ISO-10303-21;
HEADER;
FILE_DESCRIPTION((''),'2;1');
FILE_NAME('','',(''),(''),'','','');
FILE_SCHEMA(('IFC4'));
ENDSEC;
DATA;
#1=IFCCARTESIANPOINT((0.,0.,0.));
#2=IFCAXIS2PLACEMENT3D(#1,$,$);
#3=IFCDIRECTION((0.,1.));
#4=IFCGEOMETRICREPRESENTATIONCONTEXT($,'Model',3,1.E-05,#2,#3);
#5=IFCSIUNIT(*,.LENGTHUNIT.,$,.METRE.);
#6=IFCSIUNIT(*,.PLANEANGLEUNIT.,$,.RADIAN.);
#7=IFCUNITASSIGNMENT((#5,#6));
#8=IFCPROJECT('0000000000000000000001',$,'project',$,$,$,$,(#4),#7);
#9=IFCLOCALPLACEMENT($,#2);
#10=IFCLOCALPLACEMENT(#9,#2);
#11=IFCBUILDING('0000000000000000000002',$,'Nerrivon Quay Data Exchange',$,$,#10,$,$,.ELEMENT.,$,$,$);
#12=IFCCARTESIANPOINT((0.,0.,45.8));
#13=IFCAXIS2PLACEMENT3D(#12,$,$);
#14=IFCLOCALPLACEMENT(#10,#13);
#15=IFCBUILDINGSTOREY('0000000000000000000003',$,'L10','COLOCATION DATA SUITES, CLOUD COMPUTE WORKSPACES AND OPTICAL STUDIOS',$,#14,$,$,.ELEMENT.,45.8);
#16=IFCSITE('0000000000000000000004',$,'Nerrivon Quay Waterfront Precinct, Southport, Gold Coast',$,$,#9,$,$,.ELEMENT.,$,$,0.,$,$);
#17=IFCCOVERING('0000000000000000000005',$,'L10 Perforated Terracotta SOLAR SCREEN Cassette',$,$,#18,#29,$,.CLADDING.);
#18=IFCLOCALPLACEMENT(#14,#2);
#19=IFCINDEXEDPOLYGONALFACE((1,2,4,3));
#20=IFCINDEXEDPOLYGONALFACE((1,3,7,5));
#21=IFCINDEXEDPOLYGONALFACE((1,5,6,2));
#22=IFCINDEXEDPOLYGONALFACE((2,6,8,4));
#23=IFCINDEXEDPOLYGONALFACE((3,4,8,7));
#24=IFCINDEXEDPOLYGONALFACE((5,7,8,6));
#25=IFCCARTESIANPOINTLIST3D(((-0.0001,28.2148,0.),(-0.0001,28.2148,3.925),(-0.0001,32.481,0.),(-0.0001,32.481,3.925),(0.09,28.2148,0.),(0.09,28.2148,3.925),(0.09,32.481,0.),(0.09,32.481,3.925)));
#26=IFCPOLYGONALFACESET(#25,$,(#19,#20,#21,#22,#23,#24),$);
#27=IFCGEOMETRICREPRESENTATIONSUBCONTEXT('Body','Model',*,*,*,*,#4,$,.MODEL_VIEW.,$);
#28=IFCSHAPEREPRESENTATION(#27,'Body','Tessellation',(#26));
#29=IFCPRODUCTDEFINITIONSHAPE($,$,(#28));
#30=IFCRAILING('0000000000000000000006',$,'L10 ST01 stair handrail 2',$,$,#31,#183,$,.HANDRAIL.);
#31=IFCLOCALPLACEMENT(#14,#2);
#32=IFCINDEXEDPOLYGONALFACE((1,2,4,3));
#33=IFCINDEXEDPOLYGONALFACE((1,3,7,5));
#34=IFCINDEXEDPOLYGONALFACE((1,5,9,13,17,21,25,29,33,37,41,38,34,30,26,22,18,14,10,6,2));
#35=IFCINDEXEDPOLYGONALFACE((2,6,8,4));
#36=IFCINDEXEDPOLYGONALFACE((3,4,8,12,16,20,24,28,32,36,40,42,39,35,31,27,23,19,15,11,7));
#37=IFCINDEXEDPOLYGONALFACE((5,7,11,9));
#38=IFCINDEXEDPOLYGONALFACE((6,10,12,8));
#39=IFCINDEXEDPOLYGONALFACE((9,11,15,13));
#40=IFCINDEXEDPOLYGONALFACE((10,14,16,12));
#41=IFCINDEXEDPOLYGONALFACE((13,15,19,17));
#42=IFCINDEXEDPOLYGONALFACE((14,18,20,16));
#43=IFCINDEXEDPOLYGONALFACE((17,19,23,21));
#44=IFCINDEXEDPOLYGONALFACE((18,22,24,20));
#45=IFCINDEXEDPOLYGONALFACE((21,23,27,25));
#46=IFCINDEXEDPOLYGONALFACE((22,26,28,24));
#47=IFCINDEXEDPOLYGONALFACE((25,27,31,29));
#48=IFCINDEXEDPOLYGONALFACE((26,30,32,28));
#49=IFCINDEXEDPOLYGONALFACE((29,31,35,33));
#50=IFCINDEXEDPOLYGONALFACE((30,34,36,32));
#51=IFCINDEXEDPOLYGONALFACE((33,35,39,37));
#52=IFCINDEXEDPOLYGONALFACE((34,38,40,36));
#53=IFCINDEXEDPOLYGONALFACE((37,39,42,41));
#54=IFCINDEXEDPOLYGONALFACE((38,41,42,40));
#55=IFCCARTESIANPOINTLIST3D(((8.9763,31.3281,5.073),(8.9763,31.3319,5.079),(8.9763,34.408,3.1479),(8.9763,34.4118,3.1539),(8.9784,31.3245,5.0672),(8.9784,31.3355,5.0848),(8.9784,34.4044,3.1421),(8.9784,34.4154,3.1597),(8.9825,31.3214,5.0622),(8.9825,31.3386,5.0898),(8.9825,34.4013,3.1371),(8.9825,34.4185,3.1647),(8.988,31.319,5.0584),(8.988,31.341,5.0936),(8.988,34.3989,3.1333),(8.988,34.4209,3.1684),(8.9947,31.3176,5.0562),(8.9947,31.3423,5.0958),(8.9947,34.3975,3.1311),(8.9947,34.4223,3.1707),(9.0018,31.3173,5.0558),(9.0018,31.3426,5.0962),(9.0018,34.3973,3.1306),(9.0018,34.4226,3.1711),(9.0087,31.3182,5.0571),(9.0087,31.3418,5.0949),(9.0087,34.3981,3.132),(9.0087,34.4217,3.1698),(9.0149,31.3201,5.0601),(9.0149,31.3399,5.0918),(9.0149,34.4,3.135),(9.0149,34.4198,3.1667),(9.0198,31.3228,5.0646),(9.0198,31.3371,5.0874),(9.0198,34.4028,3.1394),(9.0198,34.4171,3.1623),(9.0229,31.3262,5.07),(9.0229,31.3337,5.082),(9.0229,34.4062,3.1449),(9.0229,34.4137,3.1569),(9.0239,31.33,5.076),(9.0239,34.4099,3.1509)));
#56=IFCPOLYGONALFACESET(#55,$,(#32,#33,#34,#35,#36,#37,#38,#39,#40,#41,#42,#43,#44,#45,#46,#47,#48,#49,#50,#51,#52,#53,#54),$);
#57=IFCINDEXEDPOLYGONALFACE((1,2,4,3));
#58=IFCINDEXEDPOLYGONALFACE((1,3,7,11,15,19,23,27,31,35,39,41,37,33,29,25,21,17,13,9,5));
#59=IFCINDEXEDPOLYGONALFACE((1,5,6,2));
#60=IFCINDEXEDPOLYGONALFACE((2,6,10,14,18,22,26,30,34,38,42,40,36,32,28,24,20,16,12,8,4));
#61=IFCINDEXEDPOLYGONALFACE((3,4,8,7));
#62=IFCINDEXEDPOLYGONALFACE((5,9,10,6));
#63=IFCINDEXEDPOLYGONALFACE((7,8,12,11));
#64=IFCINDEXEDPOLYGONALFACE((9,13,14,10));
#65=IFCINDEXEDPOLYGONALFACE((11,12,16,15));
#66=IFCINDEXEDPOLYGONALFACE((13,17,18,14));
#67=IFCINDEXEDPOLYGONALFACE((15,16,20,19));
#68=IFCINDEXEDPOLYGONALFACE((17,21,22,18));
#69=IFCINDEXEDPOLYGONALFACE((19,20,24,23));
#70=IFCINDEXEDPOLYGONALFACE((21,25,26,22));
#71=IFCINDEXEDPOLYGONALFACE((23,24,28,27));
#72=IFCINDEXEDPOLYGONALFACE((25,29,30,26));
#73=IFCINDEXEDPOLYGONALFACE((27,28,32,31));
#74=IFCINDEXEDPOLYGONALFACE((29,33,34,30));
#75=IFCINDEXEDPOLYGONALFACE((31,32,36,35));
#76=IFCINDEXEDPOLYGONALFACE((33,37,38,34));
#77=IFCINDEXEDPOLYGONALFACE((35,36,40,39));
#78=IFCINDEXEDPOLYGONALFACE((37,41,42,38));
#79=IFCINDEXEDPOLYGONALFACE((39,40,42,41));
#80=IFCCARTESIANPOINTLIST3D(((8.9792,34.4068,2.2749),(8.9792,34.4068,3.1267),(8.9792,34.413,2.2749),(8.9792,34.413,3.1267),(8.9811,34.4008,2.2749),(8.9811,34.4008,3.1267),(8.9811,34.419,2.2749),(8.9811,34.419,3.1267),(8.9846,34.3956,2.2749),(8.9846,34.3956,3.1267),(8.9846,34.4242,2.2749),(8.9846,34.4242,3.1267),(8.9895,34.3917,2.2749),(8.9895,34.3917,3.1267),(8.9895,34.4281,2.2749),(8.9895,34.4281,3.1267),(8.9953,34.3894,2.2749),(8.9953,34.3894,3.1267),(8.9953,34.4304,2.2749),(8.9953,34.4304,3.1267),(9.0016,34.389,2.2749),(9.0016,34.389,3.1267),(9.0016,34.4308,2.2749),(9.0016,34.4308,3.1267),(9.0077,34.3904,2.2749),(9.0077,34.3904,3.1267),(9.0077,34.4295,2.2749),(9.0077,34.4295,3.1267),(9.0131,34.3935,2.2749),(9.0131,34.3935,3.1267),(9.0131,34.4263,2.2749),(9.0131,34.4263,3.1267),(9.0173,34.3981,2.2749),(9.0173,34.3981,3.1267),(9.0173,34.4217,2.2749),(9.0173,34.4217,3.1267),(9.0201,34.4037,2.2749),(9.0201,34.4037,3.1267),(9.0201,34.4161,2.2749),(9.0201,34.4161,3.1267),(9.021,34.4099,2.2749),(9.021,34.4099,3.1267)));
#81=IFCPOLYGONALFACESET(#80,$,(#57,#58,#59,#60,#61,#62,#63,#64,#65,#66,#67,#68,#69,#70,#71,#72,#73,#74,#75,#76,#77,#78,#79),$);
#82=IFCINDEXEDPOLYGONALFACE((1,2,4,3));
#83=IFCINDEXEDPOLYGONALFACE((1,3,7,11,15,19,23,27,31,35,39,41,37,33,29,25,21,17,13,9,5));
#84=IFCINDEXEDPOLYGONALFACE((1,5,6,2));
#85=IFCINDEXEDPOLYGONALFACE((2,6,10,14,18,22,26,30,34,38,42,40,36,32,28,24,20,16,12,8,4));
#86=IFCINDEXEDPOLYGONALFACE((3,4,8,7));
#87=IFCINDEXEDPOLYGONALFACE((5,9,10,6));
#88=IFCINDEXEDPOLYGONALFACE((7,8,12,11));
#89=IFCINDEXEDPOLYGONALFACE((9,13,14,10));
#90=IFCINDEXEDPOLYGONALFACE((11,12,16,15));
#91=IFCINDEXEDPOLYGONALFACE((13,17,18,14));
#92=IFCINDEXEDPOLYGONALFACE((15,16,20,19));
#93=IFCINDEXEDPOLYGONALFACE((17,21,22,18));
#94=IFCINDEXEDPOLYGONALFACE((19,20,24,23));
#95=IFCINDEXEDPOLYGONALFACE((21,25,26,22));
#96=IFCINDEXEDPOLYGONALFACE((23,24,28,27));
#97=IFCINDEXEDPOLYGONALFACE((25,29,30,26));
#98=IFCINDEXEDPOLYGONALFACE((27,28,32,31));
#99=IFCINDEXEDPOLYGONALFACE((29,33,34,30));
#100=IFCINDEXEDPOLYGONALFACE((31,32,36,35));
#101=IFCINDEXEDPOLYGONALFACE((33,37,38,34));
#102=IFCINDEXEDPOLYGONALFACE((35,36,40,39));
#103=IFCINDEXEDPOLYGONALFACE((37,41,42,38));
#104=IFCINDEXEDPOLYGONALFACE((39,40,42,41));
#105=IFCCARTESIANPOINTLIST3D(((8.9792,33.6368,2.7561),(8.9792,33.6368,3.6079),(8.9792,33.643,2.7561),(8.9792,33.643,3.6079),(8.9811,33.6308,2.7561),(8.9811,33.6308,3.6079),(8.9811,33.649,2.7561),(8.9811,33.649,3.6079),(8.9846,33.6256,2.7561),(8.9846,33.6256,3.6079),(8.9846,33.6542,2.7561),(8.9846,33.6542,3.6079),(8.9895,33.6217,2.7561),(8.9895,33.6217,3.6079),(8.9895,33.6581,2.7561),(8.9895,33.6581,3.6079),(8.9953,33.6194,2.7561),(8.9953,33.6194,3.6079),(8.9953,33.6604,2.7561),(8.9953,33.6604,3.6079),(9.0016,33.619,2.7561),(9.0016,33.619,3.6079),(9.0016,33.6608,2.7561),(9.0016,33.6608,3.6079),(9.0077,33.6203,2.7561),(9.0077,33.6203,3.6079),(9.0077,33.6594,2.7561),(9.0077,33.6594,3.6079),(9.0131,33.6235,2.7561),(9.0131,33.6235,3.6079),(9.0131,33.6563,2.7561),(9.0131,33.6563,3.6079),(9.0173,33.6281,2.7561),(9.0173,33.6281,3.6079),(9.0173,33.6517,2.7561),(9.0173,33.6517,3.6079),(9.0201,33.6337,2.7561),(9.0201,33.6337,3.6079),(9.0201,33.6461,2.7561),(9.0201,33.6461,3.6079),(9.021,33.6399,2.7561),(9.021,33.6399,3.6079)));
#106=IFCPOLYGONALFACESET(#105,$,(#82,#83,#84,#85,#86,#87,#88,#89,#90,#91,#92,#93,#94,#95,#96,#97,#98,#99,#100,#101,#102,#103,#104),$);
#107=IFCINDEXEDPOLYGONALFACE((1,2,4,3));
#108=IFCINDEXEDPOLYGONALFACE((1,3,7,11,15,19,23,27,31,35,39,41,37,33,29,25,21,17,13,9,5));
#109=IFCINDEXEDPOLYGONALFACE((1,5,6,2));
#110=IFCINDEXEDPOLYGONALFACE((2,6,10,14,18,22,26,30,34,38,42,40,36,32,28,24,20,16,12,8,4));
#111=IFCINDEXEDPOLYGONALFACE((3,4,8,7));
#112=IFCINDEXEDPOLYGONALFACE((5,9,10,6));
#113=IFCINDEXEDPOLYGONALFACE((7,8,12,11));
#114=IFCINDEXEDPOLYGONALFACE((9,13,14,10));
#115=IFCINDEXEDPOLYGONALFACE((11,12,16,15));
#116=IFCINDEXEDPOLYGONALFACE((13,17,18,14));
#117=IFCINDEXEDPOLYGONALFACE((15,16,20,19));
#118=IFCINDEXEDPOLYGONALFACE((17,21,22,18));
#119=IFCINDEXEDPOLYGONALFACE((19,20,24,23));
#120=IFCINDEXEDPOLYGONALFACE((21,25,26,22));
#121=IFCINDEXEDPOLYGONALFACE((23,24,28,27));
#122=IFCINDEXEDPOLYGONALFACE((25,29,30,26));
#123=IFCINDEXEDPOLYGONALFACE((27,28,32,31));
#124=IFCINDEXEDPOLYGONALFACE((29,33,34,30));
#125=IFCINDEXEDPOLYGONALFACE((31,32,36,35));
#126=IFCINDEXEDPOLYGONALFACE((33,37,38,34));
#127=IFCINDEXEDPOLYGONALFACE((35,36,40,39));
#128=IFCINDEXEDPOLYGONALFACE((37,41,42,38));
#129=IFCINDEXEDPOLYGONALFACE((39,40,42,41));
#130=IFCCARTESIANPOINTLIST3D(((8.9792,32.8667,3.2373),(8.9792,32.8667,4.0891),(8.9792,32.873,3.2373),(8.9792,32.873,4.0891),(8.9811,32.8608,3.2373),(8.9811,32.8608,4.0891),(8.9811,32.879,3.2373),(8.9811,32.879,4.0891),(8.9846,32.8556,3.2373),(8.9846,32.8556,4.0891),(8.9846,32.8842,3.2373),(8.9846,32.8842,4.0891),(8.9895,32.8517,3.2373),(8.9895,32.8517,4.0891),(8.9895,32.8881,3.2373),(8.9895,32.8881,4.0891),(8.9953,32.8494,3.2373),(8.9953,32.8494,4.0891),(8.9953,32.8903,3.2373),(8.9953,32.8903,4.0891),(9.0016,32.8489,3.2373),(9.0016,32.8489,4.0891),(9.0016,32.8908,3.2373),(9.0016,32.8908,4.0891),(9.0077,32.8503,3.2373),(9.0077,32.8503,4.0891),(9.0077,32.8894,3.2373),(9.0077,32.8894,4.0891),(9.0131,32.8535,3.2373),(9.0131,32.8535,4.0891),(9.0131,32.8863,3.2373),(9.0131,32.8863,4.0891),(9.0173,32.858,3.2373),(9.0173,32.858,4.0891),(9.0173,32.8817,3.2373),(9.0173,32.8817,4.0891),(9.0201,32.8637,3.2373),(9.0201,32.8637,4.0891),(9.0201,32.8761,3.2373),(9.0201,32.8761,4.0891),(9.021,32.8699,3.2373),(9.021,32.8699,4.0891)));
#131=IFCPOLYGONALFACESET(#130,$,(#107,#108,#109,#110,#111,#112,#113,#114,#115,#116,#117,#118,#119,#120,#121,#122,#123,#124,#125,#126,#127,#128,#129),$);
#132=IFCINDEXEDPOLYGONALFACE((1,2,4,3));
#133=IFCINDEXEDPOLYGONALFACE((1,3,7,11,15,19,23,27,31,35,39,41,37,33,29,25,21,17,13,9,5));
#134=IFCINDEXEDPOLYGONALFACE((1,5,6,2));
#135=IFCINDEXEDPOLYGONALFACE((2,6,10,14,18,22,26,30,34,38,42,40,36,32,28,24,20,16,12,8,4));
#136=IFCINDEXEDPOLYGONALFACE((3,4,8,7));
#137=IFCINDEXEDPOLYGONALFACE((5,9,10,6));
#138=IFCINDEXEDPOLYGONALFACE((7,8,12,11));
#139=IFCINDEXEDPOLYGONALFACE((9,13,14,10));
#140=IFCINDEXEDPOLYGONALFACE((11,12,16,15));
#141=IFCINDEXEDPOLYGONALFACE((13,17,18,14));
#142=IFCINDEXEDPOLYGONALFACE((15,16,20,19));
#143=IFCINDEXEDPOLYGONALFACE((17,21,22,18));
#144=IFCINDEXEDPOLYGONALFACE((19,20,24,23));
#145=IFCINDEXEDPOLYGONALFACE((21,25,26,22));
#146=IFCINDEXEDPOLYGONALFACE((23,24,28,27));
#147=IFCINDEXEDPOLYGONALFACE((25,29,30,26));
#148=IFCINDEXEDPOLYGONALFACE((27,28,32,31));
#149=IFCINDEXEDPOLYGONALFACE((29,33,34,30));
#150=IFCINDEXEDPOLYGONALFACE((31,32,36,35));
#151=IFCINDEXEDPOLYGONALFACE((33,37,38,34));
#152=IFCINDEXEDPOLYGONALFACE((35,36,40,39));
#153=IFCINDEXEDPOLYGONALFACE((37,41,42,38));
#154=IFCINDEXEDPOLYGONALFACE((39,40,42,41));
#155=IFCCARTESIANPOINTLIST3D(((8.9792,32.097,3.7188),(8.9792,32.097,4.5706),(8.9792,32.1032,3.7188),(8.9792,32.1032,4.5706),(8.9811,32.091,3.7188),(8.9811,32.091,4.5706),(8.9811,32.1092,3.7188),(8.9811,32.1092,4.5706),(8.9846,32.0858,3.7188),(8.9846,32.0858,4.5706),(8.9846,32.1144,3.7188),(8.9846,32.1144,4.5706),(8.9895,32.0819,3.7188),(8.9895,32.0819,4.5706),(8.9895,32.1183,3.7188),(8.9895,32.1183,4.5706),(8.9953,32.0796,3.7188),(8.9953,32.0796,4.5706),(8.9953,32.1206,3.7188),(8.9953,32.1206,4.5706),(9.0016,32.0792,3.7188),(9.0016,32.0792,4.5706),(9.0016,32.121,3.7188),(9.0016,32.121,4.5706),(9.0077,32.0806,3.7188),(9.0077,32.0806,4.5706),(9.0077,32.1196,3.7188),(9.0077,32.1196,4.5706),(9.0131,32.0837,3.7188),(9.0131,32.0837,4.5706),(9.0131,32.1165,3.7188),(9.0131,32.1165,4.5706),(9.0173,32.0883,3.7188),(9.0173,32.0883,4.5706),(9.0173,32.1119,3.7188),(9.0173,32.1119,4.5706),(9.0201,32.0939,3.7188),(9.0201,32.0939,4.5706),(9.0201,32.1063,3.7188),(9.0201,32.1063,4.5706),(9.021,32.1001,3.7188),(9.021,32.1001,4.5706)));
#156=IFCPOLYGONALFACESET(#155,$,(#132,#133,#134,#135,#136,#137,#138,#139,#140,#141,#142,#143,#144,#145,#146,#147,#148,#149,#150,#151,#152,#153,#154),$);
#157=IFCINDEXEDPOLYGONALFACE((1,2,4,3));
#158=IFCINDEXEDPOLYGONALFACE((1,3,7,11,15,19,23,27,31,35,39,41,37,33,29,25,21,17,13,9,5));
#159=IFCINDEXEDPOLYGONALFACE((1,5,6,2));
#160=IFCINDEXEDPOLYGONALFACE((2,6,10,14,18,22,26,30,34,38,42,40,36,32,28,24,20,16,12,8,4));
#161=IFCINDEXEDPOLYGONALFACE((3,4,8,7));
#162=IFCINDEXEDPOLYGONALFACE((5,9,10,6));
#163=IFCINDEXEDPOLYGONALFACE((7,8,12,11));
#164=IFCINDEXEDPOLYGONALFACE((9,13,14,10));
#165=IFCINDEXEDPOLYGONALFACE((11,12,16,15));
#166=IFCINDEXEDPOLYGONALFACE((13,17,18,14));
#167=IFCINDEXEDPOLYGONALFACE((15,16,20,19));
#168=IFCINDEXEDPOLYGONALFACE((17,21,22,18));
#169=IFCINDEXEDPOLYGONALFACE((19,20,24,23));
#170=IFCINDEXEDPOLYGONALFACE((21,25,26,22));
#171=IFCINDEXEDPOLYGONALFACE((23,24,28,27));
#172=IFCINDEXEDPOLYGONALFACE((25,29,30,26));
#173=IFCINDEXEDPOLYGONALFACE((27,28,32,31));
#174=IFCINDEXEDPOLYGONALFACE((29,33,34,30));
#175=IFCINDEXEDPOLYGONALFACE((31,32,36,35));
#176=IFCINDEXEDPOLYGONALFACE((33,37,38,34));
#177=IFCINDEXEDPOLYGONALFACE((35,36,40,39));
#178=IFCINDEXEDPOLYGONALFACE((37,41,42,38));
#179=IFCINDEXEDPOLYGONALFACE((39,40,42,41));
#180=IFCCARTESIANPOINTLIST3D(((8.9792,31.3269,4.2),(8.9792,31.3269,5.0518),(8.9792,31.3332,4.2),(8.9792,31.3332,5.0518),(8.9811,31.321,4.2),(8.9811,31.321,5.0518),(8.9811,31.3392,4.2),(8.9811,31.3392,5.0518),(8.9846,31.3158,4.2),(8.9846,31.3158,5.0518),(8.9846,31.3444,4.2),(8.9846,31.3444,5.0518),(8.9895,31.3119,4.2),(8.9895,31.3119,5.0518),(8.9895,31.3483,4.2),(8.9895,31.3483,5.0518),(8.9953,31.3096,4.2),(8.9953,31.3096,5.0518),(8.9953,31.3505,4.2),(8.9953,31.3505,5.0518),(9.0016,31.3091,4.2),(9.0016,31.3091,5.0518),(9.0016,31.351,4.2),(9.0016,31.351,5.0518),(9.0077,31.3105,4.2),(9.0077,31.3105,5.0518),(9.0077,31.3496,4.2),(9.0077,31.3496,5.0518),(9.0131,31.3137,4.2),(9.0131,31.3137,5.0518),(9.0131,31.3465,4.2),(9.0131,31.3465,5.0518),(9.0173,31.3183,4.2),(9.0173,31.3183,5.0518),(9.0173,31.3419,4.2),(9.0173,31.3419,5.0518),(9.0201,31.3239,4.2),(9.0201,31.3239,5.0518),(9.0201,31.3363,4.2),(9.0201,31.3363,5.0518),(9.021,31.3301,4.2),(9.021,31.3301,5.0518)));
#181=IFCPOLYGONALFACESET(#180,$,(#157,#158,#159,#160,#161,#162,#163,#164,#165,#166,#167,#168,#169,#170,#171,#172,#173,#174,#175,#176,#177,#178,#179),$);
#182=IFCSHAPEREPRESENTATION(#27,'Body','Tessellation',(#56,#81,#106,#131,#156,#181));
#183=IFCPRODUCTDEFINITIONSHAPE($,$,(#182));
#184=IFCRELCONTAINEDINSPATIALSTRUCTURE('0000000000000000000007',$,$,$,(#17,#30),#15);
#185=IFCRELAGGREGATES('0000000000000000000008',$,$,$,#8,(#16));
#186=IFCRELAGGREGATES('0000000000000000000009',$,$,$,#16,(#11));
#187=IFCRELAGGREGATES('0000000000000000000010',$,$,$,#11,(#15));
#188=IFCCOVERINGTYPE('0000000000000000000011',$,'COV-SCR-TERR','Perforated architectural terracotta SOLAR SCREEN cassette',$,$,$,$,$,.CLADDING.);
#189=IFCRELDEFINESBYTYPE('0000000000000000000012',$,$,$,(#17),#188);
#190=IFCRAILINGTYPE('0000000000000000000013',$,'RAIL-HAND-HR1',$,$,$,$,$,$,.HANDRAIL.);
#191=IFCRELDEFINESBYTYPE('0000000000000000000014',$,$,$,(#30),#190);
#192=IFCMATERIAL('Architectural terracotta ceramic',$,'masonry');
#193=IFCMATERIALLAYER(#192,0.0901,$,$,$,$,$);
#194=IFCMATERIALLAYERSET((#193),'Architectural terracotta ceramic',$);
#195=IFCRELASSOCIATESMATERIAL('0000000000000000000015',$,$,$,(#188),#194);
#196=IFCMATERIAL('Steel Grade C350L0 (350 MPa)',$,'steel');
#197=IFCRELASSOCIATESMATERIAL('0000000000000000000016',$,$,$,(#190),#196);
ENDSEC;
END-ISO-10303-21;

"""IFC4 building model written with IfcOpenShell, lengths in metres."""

from ifc_helpers import new_model, si_unit, direction, frame, origin, origin_2d, place, context, subcontext, project, spatial, rectangle, circle, extrude, material, layer, layer_set, type_object, element, save


model = new_model("IFC4")

# Units and contexts
model_context = context("Model", 3, precision=1e-05, world=origin(), true_north=direction((0.0, 1.0)))
body_context = subcontext(model_context, "Body", "Model", "MODEL_VIEW")
ifc_project = project(units=[si_unit("LENGTHUNIT", "METRE"), si_unit("PLANEANGLEUNIT", "RADIAN")], contexts=[model_context])

# Site, building, storey
site_placement = place(None, origin())
site = spatial("IfcSite", under=ifc_project, at=site_placement, Name="Nerrivon Quay Waterfront Precinct, Southport, Gold Coast", CompositionType="ELEMENT", RefElevation=0.0)
building_placement = place(site_placement, origin())
building = spatial("IfcBuilding", under=site, at=building_placement, Name="Nerrivon Quay Data Exchange", CompositionType="ELEMENT")
storey_placement = place(building_placement, frame((0.0, 0.0, 45.8)))
storey = spatial("IfcBuildingStorey", under=building, at=storey_placement, Name="L10", Description="COLOCATION DATA SUITES, CLOUD COMPUTE WORKSPACES AND OPTICAL STUDIOS", CompositionType="ELEMENT", Elevation=45.8)

# Covering
ifc_material_1 = material(Name="Architectural terracotta ceramic", Category="masonry")
ifc_layer_1 = layer(ifc_material_1, 0.0901)
ifc_layer_set_1 = layer_set([ifc_layer_1], Name="Architectural terracotta ceramic")
covering_type = type_object("IfcCoveringType", Name="COV-SCR-TERR", Description="Perforated architectural terracotta SOLAR SCREEN cassette", PredefinedType="CLADDING", material=ifc_layer_set_1)
covering_placement = place(storey_placement, frame((0.0449, 30.3479, 0.0), z_axis=(0.0, 0.0, 1.0), x_axis=(0.0, 1.0, 0.0)))
element("IfcCovering", 1, at=covering_placement, inside=storey, type_object=covering_type, Name="L10 Perforated Terracotta SOLAR SCREEN Cassette", PredefinedType="CLADDING", context=body_context, shape_type="SweptSolid", body=[
    extrude(rectangle(XDim=4.2661, YDim=0.0901, at=origin_2d()), origin(), (0.0, 0.0, 1.0), 3.925),
])

# Railing
ifc_material_2 = material(Name="Steel Grade C350L0 (350 MPa)", Category="steel")
railing_type = type_object("IfcRailingType", Name="RAIL-HAND-HR1", PredefinedType="HANDRAIL", material=ifc_material_2)
railing_placement = place(storey_placement, frame((9.0, 34.4099, 2.2749)))
element("IfcRailing", 2, at=railing_placement, inside=storey, type_object=railing_type, Name="L10 ST01 stair handrail 2", PredefinedType="HANDRAIL", context=body_context, shape_type="SweptSolid", body=[
    extrude(circle(Radius=0.0239, at=origin_2d()), frame((0.0, 0.0, 0.876), z_axis=(0.0, -0.847979, 0.530029), x_axis=(1.0, 0.0, 0.0)), (0.0, 0.0, 1.0), 3.6321),
    extrude(circle(Radius=0.021, at=origin_2d()), origin(), (0.0, 0.0, 1.0), 0.8518),
    extrude(circle(Radius=0.021, at=origin_2d()), frame((0.0, -0.77, 0.4812)), (0.0, 0.0, 1.0), 0.8518),
    extrude(circle(Radius=0.021, at=origin_2d()), frame((0.0, -1.54, 0.9624)), (0.0, 0.0, 1.0), 0.8518),
    extrude(circle(Radius=0.021, at=origin_2d()), frame((0.0, -2.3098, 1.4438)), (0.0, 0.0, 1.0), 0.8518),
    extrude(circle(Radius=0.021, at=origin_2d()), frame((0.0, -3.0798, 1.925)), (0.0, 0.0, 1.0), 0.8518),
])

save(model, "model.ifc")
